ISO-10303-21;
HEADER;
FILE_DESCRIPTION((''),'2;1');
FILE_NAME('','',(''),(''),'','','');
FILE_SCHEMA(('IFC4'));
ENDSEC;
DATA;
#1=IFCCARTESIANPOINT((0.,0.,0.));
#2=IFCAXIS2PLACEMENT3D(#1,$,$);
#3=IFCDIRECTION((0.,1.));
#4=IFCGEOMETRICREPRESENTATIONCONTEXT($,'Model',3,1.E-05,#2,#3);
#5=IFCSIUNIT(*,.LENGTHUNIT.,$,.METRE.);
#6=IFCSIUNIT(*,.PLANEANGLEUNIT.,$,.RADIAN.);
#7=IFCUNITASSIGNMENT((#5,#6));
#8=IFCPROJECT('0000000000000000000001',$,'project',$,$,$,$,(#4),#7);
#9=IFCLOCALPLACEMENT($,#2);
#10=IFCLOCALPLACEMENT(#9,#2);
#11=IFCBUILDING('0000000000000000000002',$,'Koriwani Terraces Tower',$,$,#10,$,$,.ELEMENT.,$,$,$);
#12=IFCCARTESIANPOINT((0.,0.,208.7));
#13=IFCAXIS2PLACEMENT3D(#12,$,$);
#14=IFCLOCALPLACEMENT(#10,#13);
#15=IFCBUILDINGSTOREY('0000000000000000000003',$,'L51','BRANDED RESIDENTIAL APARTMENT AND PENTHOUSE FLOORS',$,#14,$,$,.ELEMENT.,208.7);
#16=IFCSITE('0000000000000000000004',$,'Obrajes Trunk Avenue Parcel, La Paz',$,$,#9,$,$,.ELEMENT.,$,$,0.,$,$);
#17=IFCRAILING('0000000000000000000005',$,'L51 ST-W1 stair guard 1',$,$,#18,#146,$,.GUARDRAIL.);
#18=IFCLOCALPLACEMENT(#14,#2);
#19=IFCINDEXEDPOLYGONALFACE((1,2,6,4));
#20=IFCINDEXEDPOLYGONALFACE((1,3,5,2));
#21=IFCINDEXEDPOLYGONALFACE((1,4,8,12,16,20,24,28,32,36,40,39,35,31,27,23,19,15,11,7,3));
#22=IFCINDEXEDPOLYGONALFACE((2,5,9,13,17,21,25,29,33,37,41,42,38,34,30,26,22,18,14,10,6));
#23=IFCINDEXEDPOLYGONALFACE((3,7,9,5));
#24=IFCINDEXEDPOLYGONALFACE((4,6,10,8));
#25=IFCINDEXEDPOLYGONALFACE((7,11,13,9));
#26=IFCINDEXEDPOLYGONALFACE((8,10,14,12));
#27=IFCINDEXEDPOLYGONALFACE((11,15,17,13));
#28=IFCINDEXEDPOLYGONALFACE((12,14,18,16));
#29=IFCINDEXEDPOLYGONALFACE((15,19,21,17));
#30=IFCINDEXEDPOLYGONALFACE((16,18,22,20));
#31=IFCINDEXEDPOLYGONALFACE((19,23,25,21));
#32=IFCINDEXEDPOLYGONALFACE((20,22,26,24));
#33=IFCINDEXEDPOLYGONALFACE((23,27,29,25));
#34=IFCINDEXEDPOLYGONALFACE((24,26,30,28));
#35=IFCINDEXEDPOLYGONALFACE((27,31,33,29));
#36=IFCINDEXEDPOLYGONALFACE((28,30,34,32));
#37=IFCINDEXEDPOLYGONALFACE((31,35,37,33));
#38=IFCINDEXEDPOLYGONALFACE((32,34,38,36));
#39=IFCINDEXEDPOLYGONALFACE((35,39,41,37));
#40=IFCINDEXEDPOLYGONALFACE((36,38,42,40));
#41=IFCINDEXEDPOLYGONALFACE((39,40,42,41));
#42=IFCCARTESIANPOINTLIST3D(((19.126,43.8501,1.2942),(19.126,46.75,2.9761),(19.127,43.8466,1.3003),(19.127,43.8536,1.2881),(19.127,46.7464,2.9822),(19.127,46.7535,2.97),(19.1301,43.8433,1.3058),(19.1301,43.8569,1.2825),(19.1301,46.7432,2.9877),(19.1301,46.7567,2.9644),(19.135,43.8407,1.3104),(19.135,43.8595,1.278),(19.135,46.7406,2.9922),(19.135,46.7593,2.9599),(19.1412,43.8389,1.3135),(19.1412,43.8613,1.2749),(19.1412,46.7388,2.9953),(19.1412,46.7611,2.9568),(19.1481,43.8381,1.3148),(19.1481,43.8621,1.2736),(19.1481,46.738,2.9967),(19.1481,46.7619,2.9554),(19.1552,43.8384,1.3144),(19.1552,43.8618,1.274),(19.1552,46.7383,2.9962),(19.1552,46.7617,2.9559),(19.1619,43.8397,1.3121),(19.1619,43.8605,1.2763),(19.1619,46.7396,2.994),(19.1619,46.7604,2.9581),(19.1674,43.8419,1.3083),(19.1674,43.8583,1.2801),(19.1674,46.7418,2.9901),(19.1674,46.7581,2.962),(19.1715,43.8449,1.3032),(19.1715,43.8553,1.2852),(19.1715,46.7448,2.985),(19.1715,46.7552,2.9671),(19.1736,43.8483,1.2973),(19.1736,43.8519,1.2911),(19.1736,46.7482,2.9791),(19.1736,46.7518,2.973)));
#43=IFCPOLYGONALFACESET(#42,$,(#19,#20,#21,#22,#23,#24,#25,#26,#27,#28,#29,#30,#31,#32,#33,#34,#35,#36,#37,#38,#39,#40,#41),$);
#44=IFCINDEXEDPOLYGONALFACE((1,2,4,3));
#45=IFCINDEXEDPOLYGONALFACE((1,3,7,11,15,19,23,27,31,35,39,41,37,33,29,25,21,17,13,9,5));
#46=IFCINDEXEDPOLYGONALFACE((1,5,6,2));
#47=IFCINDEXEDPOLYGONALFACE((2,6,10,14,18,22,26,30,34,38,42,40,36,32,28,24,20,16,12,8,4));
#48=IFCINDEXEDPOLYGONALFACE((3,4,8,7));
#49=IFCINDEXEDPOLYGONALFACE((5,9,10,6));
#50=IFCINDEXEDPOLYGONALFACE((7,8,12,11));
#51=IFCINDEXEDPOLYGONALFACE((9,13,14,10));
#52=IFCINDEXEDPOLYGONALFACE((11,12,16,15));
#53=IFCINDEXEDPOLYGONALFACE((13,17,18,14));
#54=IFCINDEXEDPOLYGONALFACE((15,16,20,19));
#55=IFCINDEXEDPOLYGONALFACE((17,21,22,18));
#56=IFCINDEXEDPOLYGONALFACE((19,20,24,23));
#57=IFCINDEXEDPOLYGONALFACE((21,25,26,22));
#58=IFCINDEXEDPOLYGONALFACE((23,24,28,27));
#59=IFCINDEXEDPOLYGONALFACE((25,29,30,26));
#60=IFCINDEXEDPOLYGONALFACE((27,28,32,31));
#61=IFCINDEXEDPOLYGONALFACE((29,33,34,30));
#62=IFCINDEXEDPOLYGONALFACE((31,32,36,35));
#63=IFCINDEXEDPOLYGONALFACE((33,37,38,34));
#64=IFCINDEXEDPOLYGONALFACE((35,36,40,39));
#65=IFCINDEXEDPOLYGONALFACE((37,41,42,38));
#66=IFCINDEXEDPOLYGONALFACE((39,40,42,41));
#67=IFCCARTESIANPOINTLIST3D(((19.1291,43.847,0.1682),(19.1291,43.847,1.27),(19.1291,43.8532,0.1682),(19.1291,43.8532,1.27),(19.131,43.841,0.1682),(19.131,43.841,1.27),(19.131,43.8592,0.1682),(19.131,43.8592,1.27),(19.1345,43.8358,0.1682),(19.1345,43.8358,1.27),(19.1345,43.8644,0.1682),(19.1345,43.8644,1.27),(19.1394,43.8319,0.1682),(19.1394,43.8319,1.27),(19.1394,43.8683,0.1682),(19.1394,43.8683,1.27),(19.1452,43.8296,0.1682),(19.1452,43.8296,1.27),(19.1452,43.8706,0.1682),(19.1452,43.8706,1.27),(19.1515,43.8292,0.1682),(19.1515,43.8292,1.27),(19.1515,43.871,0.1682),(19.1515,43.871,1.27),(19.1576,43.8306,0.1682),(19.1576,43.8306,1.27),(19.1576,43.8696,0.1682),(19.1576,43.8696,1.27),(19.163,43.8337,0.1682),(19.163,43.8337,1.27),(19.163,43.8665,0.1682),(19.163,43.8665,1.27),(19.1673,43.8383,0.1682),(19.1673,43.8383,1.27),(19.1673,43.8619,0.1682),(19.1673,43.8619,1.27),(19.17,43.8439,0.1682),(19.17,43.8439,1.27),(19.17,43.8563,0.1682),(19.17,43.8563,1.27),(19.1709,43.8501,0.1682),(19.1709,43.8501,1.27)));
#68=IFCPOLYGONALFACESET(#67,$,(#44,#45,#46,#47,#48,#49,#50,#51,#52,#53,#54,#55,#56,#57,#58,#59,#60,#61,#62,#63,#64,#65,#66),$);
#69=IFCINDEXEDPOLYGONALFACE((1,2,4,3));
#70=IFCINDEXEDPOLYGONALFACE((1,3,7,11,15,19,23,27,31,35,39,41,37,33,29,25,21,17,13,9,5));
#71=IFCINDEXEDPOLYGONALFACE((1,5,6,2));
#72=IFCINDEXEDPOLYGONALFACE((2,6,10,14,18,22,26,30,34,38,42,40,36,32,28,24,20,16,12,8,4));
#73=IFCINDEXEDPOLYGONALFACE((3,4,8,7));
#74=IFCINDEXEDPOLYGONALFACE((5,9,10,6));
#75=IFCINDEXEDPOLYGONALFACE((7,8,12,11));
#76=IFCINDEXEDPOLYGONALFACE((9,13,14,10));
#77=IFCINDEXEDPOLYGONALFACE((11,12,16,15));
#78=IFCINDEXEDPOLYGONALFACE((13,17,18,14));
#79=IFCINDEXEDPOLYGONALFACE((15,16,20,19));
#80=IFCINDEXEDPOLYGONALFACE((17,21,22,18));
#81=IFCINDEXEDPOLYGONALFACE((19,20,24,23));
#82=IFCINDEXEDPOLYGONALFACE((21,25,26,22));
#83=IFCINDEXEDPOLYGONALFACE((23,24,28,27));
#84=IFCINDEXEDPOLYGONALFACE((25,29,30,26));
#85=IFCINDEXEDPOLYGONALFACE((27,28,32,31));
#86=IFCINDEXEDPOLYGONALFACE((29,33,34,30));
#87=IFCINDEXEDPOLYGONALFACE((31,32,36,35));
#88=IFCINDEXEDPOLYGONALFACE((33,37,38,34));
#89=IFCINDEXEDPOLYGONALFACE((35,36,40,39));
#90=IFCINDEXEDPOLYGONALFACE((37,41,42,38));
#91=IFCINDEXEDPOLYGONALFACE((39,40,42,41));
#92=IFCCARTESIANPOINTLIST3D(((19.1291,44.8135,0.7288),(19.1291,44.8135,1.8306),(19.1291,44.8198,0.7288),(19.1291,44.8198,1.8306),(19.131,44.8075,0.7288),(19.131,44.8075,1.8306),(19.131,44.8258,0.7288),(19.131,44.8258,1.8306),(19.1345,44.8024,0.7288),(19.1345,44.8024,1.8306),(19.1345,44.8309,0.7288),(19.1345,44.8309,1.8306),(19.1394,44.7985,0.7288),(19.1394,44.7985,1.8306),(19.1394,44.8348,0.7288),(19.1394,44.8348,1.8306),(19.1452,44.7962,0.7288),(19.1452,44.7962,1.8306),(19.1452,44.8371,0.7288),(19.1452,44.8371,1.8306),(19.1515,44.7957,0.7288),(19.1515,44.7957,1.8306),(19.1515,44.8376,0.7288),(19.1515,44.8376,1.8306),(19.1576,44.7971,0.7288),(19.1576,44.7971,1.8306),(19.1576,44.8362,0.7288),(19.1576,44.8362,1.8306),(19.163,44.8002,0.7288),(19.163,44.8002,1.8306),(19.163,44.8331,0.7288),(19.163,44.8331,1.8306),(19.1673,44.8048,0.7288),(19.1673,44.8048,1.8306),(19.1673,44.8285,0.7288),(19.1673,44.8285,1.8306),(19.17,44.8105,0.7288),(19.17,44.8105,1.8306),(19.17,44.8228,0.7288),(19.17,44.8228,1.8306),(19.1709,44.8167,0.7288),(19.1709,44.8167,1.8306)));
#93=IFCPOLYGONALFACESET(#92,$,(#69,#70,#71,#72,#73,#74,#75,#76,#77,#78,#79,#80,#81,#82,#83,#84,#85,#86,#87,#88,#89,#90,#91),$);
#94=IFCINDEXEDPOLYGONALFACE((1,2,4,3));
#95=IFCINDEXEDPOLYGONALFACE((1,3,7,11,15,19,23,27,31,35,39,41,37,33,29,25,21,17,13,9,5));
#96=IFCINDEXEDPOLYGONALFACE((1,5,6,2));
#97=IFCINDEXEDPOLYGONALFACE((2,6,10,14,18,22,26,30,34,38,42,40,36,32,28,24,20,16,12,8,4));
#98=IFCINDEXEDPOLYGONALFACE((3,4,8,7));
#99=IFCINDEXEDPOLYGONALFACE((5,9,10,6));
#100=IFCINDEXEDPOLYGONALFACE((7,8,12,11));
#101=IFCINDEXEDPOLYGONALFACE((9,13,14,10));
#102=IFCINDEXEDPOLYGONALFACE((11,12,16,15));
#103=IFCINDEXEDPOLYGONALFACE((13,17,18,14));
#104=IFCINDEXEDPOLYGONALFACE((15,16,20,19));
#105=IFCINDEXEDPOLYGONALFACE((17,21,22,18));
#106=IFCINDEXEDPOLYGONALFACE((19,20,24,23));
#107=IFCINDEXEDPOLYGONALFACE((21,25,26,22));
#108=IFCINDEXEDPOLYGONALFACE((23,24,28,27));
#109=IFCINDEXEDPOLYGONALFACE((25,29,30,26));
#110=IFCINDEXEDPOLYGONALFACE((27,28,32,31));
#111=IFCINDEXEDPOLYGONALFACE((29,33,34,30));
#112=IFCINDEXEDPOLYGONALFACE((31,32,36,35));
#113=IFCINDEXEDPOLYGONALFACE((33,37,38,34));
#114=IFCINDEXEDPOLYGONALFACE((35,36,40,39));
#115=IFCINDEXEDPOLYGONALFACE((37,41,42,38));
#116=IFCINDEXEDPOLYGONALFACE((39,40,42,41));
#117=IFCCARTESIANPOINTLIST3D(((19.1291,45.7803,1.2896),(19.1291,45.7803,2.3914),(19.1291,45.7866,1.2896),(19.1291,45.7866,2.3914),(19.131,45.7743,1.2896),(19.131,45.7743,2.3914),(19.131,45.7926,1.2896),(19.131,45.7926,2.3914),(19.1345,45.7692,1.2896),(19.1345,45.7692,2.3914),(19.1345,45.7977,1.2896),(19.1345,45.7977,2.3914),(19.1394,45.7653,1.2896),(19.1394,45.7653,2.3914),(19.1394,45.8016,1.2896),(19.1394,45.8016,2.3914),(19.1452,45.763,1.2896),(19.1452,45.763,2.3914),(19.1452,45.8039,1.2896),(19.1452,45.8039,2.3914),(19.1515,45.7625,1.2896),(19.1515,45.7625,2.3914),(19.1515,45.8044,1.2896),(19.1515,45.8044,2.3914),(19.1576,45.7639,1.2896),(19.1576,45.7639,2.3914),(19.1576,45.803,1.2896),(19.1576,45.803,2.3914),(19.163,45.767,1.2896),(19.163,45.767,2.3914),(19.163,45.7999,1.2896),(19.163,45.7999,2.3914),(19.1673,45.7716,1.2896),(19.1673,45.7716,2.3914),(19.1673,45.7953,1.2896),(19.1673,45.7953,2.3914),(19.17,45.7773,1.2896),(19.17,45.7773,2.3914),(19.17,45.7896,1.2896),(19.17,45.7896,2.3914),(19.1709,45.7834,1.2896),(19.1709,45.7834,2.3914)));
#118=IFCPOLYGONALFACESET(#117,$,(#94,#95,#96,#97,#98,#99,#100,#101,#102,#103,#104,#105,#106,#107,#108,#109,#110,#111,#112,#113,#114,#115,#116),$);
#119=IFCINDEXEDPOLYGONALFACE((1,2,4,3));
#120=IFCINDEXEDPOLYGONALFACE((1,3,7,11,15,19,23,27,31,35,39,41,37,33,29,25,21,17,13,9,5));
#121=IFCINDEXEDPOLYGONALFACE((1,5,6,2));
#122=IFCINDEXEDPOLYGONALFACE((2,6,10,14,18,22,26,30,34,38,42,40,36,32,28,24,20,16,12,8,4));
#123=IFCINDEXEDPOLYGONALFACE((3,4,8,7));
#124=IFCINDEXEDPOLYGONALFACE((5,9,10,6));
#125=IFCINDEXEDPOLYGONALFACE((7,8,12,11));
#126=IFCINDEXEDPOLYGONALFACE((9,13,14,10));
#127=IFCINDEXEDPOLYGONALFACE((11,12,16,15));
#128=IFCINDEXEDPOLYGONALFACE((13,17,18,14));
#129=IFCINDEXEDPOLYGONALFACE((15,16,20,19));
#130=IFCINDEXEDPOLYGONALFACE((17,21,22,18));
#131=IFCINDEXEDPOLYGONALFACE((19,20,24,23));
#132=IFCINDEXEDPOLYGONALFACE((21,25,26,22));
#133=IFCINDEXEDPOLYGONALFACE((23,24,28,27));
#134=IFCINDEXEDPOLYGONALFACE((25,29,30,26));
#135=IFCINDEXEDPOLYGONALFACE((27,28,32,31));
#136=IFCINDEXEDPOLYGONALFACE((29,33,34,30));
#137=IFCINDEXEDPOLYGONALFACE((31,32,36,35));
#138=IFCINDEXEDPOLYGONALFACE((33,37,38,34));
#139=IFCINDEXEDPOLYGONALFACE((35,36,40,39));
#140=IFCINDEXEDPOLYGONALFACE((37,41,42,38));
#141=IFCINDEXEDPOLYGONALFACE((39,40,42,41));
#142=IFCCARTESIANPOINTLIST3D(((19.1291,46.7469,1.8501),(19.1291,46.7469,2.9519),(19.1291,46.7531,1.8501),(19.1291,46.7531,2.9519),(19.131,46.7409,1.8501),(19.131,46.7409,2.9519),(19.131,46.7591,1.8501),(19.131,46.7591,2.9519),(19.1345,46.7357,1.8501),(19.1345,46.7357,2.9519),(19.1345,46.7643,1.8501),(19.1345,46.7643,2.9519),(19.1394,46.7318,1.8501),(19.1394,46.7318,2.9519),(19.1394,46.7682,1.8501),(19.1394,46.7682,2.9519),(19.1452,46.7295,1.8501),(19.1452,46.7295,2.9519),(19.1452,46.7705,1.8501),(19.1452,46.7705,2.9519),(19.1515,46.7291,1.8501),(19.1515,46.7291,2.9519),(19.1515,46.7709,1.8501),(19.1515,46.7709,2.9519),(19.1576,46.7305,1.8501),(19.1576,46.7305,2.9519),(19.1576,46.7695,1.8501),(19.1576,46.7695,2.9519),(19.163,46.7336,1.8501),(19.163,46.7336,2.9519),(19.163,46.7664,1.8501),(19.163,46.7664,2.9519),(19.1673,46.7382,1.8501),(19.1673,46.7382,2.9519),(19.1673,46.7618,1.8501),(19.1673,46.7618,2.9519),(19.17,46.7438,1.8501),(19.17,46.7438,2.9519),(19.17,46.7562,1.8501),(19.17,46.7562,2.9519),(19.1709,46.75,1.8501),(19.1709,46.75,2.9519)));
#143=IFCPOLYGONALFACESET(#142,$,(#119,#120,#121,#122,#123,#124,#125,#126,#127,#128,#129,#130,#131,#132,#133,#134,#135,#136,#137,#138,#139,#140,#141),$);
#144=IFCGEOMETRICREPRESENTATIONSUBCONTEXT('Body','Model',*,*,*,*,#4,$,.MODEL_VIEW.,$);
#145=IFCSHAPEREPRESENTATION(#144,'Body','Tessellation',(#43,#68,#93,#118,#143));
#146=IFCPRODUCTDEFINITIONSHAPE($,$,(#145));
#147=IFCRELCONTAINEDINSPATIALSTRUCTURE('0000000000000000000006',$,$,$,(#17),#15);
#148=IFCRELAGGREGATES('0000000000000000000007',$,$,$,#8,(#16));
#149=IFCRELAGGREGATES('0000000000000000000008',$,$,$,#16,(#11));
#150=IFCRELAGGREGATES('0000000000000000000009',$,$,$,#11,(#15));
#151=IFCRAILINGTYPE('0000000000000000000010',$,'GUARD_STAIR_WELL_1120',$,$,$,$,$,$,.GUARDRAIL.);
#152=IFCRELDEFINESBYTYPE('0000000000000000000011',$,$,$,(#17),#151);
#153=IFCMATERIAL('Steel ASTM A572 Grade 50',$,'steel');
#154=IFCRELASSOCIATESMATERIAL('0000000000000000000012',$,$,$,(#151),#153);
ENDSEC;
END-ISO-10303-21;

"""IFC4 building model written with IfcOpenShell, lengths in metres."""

from ifc_helpers import new_model, si_unit, direction, frame, origin, origin_2d, place, context, subcontext, project, spatial, circle, extrude, material, type_object, element, save


model = new_model("IFC4")

# Units and contexts
model_context = context("Model", 3, precision=1e-05, world=origin(), true_north=direction((0.0, 1.0)))
body_context = subcontext(model_context, "Body", "Model", "MODEL_VIEW")
ifc_project = project(units=[si_unit("LENGTHUNIT", "METRE"), si_unit("PLANEANGLEUNIT", "RADIAN")], contexts=[model_context])

# Site, building, storey
site_placement = place(None, origin())
site = spatial("IfcSite", under=ifc_project, at=site_placement, Name="Obrajes Trunk Avenue Parcel, La Paz", CompositionType="ELEMENT", RefElevation=0.0)
building_placement = place(site_placement, origin())
building = spatial("IfcBuilding", under=site, at=building_placement, Name="Koriwani Terraces Tower", CompositionType="ELEMENT")
storey_placement = place(building_placement, frame((0.0, 0.0, 208.7)))
storey = spatial("IfcBuildingStorey", under=building, at=storey_placement, Name="L51", Description="BRANDED RESIDENTIAL APARTMENT AND PENTHOUSE FLOORS", CompositionType="ELEMENT", Elevation=208.7)

# Shared definitions
ifc_material_1 = material(Name="Steel ASTM A572 Grade 50", Category="steel")

# Railing
railing_type_1 = type_object("IfcRailingType", Name="GUARD_STAIR_WELL_1120", PredefinedType="GUARDRAIL", material=ifc_material_1)
railing_1_placement = place(storey_placement, frame((19.1499, 43.8501, 0.1682)))
element("IfcRailing", 1, at=railing_1_placement, inside=storey, type_object=railing_type_1, Name="L51 ST-W1 stair guard 1", PredefinedType="GUARDRAIL", context=body_context, shape_type="SweptSolid", body=[
    extrude(circle(Radius=0.0239, at=origin_2d()), frame((0.0, 0.0, 1.126), z_axis=(0.0, 0.865039, 0.501705), x_axis=(-1.0, 0.0, 0.0)), (0.0, 0.0, 1.0), 3.3523),
    extrude(circle(Radius=0.021, at=origin_2d()), origin(), (0.0, 0.0, 1.0), 1.1018),
    extrude(circle(Radius=0.021, at=origin_2d()), frame((0.0, 0.9666, 0.5605)), (0.0, 0.0, 1.0), 1.1018),
    extrude(circle(Radius=0.021, at=origin_2d()), frame((0.0, 1.9333, 1.1213)), (0.0, 0.0, 1.0), 1.1018),
    extrude(circle(Radius=0.021, at=origin_2d()), frame((0.0, 2.8999, 1.6819)), (0.0, 0.0, 1.0), 1.1018),
])

save(model, "model.ifc")
